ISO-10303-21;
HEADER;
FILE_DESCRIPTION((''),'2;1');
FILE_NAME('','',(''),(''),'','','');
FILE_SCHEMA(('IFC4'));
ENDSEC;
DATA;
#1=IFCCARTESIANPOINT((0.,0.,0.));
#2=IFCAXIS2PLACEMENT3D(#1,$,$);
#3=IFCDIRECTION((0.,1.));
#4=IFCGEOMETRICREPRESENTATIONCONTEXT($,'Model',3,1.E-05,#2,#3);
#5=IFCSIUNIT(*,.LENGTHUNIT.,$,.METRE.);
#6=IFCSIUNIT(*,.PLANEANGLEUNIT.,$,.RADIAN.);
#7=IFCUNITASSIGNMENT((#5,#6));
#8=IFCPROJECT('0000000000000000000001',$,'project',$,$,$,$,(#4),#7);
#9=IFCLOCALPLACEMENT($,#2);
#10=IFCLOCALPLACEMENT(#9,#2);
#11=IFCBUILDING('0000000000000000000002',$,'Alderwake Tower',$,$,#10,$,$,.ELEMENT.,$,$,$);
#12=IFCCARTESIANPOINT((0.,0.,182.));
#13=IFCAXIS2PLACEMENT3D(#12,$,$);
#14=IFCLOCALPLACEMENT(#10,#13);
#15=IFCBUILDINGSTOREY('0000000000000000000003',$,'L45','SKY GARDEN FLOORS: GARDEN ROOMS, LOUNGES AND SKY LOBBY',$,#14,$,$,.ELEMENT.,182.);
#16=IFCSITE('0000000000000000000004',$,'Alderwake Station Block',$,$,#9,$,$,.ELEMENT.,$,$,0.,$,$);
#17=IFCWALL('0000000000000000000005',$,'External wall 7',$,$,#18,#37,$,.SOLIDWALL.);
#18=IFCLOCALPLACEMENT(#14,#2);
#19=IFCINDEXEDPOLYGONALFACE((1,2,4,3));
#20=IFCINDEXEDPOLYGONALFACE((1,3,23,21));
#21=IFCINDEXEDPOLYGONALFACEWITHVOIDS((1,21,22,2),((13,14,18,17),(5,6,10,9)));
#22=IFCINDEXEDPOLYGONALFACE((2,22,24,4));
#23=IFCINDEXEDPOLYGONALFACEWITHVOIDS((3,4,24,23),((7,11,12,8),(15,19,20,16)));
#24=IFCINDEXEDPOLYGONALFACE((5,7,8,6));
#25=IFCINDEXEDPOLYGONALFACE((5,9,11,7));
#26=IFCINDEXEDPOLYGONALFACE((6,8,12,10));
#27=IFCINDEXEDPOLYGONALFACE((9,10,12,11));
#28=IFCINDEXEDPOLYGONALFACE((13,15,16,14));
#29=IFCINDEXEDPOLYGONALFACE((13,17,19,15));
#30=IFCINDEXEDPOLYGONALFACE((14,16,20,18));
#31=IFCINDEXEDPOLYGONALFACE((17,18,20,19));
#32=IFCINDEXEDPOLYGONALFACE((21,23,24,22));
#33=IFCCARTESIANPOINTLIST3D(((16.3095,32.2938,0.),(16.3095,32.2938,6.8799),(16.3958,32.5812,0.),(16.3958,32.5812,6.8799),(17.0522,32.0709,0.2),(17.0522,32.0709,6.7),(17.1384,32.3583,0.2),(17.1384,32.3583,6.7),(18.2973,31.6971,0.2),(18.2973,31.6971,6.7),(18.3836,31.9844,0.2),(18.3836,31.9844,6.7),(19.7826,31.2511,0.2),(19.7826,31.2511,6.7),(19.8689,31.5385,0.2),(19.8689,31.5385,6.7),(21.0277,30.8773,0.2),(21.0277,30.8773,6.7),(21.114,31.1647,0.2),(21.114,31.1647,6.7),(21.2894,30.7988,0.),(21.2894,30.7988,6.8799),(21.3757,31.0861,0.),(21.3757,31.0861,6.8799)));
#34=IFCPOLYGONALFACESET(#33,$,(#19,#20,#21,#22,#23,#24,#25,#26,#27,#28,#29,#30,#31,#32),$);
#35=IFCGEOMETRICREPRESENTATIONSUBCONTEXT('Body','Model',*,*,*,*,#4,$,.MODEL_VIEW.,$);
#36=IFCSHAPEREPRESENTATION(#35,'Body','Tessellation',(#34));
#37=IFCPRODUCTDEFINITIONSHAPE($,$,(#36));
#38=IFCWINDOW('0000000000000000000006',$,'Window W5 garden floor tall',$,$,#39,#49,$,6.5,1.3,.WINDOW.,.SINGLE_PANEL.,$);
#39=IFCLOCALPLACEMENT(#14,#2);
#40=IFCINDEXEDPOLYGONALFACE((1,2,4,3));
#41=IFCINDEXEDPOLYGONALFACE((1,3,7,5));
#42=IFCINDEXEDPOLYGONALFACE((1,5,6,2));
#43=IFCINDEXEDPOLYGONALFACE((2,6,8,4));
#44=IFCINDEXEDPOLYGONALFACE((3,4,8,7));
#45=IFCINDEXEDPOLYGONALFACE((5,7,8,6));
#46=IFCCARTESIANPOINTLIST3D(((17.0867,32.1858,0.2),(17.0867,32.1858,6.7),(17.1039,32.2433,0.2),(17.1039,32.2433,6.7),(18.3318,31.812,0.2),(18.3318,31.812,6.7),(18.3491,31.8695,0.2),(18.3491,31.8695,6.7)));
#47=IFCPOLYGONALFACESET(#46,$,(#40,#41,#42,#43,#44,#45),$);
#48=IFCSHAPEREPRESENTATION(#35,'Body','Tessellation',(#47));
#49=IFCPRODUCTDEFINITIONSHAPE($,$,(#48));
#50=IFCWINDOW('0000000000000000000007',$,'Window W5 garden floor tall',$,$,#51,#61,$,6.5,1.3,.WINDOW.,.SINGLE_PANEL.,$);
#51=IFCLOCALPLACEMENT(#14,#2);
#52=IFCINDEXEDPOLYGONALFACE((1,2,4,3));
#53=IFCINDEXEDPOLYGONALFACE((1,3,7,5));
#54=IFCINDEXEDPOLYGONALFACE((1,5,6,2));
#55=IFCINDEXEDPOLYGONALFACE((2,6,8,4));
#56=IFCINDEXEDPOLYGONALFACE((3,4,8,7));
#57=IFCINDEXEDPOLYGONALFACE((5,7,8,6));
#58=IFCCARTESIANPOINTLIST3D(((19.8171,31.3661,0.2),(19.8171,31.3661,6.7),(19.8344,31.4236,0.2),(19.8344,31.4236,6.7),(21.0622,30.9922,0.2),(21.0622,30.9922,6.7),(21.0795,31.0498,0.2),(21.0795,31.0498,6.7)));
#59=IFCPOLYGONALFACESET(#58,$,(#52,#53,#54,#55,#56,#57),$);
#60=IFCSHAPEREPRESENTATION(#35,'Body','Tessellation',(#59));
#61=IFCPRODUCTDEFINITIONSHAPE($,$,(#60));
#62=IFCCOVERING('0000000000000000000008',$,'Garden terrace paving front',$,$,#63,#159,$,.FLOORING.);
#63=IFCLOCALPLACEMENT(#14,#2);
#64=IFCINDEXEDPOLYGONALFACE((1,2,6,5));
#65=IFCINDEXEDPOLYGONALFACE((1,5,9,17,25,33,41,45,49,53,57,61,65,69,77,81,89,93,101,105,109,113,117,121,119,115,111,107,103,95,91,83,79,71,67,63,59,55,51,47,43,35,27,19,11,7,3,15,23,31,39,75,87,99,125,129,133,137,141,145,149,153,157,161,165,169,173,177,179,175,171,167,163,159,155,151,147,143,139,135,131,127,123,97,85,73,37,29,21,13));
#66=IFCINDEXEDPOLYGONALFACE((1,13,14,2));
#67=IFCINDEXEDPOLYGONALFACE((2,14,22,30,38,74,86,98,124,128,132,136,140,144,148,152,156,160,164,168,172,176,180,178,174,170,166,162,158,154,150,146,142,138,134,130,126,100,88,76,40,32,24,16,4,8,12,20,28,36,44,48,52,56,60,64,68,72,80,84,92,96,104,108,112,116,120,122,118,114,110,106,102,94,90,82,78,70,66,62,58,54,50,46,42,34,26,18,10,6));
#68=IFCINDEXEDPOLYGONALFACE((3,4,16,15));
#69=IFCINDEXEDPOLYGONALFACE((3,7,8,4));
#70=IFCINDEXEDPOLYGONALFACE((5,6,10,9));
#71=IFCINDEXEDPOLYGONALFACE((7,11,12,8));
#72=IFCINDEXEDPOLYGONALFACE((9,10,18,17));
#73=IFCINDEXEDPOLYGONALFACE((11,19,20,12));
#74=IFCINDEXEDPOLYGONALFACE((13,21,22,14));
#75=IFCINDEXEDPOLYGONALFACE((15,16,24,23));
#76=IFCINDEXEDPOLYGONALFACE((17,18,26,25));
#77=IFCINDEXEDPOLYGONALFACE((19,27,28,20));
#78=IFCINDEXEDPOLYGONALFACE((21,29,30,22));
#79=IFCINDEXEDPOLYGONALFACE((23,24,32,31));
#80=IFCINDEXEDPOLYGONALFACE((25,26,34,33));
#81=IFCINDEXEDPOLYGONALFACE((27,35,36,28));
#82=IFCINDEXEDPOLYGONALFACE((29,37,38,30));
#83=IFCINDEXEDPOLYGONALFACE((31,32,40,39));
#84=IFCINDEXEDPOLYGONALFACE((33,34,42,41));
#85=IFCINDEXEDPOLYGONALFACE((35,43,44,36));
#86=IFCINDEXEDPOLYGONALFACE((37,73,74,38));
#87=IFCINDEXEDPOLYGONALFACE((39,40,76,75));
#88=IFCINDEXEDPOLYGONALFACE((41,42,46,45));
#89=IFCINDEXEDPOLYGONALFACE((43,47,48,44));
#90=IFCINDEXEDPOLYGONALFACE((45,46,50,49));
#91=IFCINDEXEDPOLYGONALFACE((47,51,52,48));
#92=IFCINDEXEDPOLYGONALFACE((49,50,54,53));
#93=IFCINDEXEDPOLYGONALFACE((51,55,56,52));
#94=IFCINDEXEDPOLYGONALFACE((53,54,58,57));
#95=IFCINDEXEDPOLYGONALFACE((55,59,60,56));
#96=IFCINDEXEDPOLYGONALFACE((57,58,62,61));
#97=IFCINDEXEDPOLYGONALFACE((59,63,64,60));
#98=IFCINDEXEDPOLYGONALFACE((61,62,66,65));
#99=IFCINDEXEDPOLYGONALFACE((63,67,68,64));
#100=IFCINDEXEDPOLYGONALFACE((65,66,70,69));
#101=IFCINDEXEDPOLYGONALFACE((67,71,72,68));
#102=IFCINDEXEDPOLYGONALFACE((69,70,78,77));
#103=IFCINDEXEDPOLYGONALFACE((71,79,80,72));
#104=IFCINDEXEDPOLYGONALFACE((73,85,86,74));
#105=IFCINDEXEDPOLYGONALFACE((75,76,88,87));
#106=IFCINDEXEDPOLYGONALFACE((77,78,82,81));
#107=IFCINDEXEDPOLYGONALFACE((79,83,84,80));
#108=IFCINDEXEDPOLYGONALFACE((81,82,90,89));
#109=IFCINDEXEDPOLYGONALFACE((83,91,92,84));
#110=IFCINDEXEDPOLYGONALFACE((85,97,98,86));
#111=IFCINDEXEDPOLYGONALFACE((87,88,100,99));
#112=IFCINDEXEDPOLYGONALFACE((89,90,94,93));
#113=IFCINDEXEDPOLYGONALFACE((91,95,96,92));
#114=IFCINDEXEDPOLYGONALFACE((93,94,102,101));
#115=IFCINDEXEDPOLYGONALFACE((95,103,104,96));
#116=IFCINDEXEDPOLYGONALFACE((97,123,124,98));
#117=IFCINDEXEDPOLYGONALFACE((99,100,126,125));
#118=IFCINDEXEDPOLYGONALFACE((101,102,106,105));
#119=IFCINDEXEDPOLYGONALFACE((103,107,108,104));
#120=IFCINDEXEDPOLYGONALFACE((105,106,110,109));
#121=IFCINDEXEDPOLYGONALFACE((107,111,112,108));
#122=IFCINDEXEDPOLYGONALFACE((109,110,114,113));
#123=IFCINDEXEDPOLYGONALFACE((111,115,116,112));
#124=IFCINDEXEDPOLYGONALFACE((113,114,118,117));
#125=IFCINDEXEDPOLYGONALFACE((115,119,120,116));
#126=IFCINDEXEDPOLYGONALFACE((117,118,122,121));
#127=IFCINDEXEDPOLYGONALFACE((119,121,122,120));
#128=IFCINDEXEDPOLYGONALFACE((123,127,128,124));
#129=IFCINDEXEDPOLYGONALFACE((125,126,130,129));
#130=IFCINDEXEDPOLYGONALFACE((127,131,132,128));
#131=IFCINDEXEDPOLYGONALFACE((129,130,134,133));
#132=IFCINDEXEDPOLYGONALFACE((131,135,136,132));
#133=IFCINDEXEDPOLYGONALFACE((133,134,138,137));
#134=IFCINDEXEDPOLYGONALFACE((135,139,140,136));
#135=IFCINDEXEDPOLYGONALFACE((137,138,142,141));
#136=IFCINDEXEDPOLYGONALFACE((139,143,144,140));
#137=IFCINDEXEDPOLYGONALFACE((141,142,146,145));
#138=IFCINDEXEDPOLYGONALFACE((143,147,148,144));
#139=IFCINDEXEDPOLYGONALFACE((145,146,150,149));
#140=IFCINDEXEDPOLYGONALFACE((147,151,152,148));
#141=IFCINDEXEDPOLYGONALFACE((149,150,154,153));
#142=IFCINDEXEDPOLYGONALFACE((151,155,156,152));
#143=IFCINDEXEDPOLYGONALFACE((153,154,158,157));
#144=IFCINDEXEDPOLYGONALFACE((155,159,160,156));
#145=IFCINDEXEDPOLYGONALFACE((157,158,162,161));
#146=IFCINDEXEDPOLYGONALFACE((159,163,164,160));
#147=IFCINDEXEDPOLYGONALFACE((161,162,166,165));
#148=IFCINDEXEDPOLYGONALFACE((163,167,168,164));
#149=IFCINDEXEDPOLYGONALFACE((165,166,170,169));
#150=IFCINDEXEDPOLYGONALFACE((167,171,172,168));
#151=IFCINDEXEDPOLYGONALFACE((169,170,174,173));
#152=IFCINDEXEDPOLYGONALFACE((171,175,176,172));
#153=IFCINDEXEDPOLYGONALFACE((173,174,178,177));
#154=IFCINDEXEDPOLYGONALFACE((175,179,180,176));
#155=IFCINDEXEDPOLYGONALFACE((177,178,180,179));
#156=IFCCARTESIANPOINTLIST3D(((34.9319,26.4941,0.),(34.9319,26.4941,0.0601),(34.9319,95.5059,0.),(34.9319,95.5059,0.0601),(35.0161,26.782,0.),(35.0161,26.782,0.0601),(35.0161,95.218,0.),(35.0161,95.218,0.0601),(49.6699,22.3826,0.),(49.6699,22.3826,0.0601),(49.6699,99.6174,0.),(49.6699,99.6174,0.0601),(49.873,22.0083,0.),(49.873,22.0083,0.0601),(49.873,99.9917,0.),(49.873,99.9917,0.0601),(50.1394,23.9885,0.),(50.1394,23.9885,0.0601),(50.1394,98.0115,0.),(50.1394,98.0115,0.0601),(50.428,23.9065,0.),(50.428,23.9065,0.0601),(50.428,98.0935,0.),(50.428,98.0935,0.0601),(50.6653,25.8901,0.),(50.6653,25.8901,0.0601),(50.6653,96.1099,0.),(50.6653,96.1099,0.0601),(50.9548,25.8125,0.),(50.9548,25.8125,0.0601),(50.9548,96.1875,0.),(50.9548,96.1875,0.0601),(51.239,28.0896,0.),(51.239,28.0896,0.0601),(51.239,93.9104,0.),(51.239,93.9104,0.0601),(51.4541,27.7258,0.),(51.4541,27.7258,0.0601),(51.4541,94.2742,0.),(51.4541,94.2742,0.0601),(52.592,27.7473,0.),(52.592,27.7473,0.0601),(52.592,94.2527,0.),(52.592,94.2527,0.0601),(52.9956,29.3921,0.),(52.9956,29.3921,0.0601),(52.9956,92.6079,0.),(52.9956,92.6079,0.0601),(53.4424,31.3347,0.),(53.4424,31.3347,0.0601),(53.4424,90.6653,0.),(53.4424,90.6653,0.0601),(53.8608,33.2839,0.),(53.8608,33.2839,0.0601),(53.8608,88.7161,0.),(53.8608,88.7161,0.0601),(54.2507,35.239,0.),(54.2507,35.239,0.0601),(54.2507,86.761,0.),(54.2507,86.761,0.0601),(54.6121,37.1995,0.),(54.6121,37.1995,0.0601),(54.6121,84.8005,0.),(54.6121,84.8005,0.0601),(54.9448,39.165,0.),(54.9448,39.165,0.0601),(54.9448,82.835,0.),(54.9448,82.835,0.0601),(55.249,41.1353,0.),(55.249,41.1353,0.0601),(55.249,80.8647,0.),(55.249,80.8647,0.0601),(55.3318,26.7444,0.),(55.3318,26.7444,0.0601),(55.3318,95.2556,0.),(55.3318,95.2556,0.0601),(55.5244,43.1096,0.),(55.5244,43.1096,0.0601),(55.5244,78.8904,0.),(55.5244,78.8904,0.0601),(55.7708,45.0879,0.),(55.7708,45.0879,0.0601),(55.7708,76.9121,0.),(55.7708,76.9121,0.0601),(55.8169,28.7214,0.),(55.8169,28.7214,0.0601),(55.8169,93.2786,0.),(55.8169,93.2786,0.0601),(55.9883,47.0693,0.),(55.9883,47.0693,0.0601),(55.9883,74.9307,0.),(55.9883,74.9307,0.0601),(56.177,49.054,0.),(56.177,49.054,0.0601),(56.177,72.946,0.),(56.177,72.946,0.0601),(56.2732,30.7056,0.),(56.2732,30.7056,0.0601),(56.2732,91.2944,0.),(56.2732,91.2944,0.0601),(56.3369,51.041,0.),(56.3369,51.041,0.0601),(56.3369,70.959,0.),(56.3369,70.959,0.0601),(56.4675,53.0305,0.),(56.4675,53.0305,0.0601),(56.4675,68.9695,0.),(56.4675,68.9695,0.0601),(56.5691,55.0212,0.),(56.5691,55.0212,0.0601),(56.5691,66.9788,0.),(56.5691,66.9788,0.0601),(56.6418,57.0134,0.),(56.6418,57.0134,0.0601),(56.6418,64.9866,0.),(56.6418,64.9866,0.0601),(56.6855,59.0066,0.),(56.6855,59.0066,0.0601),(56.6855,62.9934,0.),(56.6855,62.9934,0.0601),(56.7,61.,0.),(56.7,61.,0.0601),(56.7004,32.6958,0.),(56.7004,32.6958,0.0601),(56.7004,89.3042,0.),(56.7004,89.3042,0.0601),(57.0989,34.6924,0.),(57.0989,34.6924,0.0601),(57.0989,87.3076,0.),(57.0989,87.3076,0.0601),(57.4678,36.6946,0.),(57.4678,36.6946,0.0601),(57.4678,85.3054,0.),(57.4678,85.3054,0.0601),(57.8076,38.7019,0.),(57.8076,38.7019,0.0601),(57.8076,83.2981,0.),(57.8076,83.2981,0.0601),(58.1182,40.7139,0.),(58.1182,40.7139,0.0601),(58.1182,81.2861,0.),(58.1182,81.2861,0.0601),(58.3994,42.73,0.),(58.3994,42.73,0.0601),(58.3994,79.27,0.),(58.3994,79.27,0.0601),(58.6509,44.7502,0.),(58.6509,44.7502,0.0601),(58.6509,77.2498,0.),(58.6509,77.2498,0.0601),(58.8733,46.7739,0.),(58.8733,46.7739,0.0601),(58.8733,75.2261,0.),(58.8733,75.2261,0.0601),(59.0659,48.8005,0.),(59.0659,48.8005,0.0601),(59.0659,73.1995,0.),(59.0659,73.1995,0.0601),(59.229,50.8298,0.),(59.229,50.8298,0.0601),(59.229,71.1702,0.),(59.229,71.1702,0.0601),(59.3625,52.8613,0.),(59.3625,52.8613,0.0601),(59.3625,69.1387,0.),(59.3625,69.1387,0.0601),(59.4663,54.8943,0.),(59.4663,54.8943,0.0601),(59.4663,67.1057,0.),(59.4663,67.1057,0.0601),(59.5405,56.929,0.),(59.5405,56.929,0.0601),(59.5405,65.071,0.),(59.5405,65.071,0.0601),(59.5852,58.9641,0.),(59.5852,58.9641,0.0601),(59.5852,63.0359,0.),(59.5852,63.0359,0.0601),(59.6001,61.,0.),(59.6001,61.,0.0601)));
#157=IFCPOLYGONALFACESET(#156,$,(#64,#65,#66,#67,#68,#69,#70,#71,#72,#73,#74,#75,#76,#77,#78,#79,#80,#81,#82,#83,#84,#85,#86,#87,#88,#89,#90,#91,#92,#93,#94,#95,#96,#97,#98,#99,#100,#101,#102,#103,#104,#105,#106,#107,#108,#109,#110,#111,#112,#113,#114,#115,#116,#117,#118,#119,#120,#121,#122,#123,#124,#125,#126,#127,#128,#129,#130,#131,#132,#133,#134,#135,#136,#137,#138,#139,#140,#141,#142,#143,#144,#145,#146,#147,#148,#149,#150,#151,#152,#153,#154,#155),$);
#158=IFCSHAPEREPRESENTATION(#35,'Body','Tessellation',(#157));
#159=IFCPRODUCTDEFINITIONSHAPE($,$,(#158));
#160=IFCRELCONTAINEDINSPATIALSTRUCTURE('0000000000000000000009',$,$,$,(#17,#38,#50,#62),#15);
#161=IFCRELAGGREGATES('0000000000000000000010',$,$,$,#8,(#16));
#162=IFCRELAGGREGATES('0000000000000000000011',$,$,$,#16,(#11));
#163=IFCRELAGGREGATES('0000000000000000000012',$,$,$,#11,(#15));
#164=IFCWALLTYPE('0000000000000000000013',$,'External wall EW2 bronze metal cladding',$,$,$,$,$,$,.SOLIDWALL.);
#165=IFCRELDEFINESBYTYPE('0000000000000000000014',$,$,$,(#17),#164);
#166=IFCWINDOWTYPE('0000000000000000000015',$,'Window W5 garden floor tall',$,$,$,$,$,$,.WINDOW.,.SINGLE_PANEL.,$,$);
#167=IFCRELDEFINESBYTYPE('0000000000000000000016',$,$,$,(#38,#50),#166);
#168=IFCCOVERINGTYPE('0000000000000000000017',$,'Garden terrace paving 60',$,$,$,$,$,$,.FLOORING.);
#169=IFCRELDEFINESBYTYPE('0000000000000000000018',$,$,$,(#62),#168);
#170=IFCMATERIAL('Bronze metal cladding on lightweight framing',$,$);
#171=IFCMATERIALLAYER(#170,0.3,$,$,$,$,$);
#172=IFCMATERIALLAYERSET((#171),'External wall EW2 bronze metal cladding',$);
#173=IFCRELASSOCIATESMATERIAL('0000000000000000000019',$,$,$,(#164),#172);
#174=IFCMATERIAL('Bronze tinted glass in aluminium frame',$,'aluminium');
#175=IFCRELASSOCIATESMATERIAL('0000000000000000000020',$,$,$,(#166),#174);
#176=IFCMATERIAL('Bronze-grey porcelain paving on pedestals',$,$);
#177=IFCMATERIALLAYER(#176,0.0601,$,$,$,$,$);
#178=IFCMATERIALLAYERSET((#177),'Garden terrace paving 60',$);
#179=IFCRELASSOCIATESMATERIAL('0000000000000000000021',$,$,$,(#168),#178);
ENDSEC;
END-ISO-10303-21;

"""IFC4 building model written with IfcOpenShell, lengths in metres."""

from ifc_helpers import new_model, si_unit, direction, frame, frame_2d, origin, place, context, subcontext, project, spatial, polyline, rectangle, outline, extrude, material, layer, layer_set, type_object, element, fill, save


model = new_model("IFC4")

# Units and contexts
model_context = context("Model", 3, precision=1e-05, world=origin(), true_north=direction((0.0, 1.0)))
body_context = subcontext(model_context, "Body", "Model", "MODEL_VIEW")
ifc_project = project(units=[si_unit("LENGTHUNIT", "METRE"), si_unit("PLANEANGLEUNIT", "RADIAN")], contexts=[model_context])

# Site, building, storey
site_placement = place(None, origin())
site = spatial("IfcSite", under=ifc_project, at=site_placement, Name="Alderwake Station Block", CompositionType="ELEMENT", RefElevation=0.0)
building_placement = place(site_placement, origin())
building = spatial("IfcBuilding", under=site, at=building_placement, Name="Alderwake Tower", CompositionType="ELEMENT")
storey_placement = place(building_placement, frame((0.0, 0.0, 182.0)))
storey = spatial("IfcBuildingStorey", under=building, at=storey_placement, Name="L45", Description="SKY GARDEN FLOORS: GARDEN ROOMS, LOUNGES AND SKY LOBBY", CompositionType="ELEMENT", Elevation=182.0)

# Wall, openings, windows
ifc_material_1 = material(Name="Bronze metal cladding on lightweight framing")
ifc_layer_1 = layer(ifc_material_1, 0.3)
ifc_layer_set_1 = layer_set([ifc_layer_1], Name="External wall EW2 bronze metal cladding")
wall_type = type_object("IfcWallType", Name="External wall EW2 bronze metal cladding", PredefinedType="SOLIDWALL", material=ifc_layer_set_1)
wall_placement = place(storey_placement, frame((16.3528, 32.4375, 0.0), z_axis=(0.0, 0.0, 1.0), x_axis=(0.957767, -0.287546, 0.0)))
wall = element("IfcWall", 1, at=wall_placement, inside=storey, type_object=wall_type, Name="External wall 7", PredefinedType="SOLIDWALL", context=body_context, shape_type="SweptSolid", body=[
    extrude(rectangle(XDim=5.1995, YDim=0.3, at=frame_2d((2.5996, 0.0))), origin(), (0.0, 0.0, 1.0), 6.8799),
])
opening_1_placement = place(wall_placement, frame((0.7754, 0.0, 0.2)))
opening_1 = element("IfcOpeningElement", 2, at=opening_1_placement, cuts=wall, PredefinedType="OPENING", context=body_context, shape_type="SweptSolid", body=[
    extrude(rectangle(XDim=1.3, YDim=6.5, at=frame_2d((0.6499, 3.25))), frame((0.0, 0.1599, 0.0), z_axis=(0.0, -1.0, 0.0), x_axis=(1.0, 0.0, 0.0)), (0.0, 0.0, 1.0), 0.3201),
])
opening_2_placement = place(wall_placement, frame((3.6262, 0.0, 0.2)))
opening_2 = element("IfcOpeningElement", 3, at=opening_2_placement, cuts=wall, PredefinedType="OPENING", context=body_context, shape_type="SweptSolid", body=[
    extrude(rectangle(XDim=1.3, YDim=6.5, at=frame_2d((0.6499, 3.25))), frame((0.0, 0.1599, 0.0), z_axis=(0.0, -1.0, 0.0), x_axis=(1.0, 0.0, 0.0)), (0.0, 0.0, 1.0), 0.3201),
])
ifc_material_2 = material(Name="Bronze tinted glass in aluminium frame", Category="aluminium")
window_type = type_object("IfcWindowType", Name="Window W5 garden floor tall", PartitioningType="SINGLE_PANEL", PredefinedType="WINDOW", material=ifc_material_2)
window_1_placement = place(opening_1_placement, origin())
window_1 = element("IfcWindow", 4, at=window_1_placement, inside=storey, type_object=window_type, Name="Window W5 garden floor tall", OverallHeight=6.5, OverallWidth=1.3, PartitioningType="SINGLE_PANEL", PredefinedType="WINDOW", context=body_context, shape_type="SweptSolid", body=[
    extrude(rectangle(XDim=1.3, YDim=6.5, at=frame_2d((0.6499, 3.25))), frame((0.0, 0.03, 0.0), z_axis=(0.0, -1.0, 0.0), x_axis=(1.0, 0.0, 0.0)), (0.0, 0.0, 1.0), 0.0601),
])
fill(opening_1, window_1)
window_2_placement = place(opening_2_placement, origin())
window_2 = element("IfcWindow", 5, at=window_2_placement, inside=storey, type_object=window_type, Name="Window W5 garden floor tall", OverallHeight=6.5, OverallWidth=1.3, PartitioningType="SINGLE_PANEL", PredefinedType="WINDOW", context=body_context, shape_type="SweptSolid", body=[
    extrude(rectangle(XDim=1.3, YDim=6.5, at=frame_2d((0.6499, 3.25))), frame((0.0, 0.03, 0.0), z_axis=(0.0, -1.0, 0.0), x_axis=(1.0, 0.0, 0.0)), (0.0, 0.0, 1.0), 0.0601),
])
fill(opening_2, window_2)

# Covering
ifc_material_3 = material(Name="Bronze-grey porcelain paving on pedestals")
ifc_layer_2 = layer(ifc_material_3, 0.0601)
ifc_layer_set_2 = layer_set([ifc_layer_2], Name="Garden terrace paving 60")
covering_type = type_object("IfcCoveringType", Name="Garden terrace paving 60", PredefinedType="FLOORING", material=ifc_layer_set_2)
covering_1_placement = place(storey_placement, origin())
element("IfcCovering", 6, at=covering_1_placement, inside=storey, type_object=covering_type, Name="Garden terrace paving front", PredefinedType="FLOORING", context=body_context, shape_type="SweptSolid", body=[
    extrude(outline(polyline([(49.873, 99.9917), (34.9319, 95.5059), (35.0161, 95.218), (49.6699, 99.6174), (50.1394, 98.0115), (50.6653, 96.1099), (51.239, 93.9104), (52.592, 94.2527), (52.9956, 92.6079), (53.4424, 90.6653), (53.8608, 88.7161), (54.2507, 86.761), (54.6121, 84.8005), (54.9448, 82.835), (55.249, 80.8647), (55.5244, 78.8904), (55.7708, 76.9121), (55.9883, 74.9307), (56.177, 72.946), (56.3369, 70.959), (56.4675, 68.9695), (56.5691, 66.9788), (56.6418, 64.9866), (56.6855, 62.9934), (56.7, 61.0), (56.6855, 59.0066), (56.6418, 57.0134), (56.5691, 55.0212), (56.4675, 53.0305), (56.3369, 51.041), (56.177, 49.054), (55.9883, 47.0693), (55.7708, 45.0879), (55.5244, 43.1096), (55.249, 41.1353), (54.9448, 39.165), (54.6121, 37.1995), (54.2507, 35.239), (53.8608, 33.2839), (53.4424, 31.3347), (52.9956, 29.3921), (52.592, 27.7473), (51.239, 28.0896), (50.6653, 25.8901), (50.1394, 23.9885), (49.6699, 22.3826), (35.0161, 26.782), (34.9319, 26.4941), (49.873, 22.0083), (50.428, 23.9065), (50.9548, 25.8125), (51.4541, 27.7258), (55.3318, 26.7444), (55.8169, 28.7214), (56.2732, 30.7056), (56.7004, 32.6958), (57.0989, 34.6924), (57.4678, 36.6946), (57.8076, 38.7019), (58.1182, 40.7139), (58.3994, 42.73), (58.6509, 44.7502), (58.8733, 46.7739), (59.0659, 48.8005), (59.229, 50.8298), (59.3625, 52.8613), (59.4663, 54.8943), (59.5405, 56.929), (59.5852, 58.9641), (59.6001, 61.0), (59.5852, 63.0359), (59.5405, 65.071), (59.4663, 67.1057), (59.3625, 69.1387), (59.229, 71.1702), (59.0659, 73.1995), (58.8733, 75.2261), (58.6509, 77.2498), (58.3994, 79.27), (58.1182, 81.2861), (57.8076, 83.2981), (57.4678, 85.3054), (57.0989, 87.3076), (56.7004, 89.3042), (56.2732, 91.2944), (55.8169, 93.2786), (55.3318, 95.2556), (51.4541, 94.2742), (50.9548, 96.1875), (50.428, 98.0935), (49.873, 99.9917)])), origin(), (0.0, 0.0, 1.0), 0.0601),
])

save(model, "model.ifc")
